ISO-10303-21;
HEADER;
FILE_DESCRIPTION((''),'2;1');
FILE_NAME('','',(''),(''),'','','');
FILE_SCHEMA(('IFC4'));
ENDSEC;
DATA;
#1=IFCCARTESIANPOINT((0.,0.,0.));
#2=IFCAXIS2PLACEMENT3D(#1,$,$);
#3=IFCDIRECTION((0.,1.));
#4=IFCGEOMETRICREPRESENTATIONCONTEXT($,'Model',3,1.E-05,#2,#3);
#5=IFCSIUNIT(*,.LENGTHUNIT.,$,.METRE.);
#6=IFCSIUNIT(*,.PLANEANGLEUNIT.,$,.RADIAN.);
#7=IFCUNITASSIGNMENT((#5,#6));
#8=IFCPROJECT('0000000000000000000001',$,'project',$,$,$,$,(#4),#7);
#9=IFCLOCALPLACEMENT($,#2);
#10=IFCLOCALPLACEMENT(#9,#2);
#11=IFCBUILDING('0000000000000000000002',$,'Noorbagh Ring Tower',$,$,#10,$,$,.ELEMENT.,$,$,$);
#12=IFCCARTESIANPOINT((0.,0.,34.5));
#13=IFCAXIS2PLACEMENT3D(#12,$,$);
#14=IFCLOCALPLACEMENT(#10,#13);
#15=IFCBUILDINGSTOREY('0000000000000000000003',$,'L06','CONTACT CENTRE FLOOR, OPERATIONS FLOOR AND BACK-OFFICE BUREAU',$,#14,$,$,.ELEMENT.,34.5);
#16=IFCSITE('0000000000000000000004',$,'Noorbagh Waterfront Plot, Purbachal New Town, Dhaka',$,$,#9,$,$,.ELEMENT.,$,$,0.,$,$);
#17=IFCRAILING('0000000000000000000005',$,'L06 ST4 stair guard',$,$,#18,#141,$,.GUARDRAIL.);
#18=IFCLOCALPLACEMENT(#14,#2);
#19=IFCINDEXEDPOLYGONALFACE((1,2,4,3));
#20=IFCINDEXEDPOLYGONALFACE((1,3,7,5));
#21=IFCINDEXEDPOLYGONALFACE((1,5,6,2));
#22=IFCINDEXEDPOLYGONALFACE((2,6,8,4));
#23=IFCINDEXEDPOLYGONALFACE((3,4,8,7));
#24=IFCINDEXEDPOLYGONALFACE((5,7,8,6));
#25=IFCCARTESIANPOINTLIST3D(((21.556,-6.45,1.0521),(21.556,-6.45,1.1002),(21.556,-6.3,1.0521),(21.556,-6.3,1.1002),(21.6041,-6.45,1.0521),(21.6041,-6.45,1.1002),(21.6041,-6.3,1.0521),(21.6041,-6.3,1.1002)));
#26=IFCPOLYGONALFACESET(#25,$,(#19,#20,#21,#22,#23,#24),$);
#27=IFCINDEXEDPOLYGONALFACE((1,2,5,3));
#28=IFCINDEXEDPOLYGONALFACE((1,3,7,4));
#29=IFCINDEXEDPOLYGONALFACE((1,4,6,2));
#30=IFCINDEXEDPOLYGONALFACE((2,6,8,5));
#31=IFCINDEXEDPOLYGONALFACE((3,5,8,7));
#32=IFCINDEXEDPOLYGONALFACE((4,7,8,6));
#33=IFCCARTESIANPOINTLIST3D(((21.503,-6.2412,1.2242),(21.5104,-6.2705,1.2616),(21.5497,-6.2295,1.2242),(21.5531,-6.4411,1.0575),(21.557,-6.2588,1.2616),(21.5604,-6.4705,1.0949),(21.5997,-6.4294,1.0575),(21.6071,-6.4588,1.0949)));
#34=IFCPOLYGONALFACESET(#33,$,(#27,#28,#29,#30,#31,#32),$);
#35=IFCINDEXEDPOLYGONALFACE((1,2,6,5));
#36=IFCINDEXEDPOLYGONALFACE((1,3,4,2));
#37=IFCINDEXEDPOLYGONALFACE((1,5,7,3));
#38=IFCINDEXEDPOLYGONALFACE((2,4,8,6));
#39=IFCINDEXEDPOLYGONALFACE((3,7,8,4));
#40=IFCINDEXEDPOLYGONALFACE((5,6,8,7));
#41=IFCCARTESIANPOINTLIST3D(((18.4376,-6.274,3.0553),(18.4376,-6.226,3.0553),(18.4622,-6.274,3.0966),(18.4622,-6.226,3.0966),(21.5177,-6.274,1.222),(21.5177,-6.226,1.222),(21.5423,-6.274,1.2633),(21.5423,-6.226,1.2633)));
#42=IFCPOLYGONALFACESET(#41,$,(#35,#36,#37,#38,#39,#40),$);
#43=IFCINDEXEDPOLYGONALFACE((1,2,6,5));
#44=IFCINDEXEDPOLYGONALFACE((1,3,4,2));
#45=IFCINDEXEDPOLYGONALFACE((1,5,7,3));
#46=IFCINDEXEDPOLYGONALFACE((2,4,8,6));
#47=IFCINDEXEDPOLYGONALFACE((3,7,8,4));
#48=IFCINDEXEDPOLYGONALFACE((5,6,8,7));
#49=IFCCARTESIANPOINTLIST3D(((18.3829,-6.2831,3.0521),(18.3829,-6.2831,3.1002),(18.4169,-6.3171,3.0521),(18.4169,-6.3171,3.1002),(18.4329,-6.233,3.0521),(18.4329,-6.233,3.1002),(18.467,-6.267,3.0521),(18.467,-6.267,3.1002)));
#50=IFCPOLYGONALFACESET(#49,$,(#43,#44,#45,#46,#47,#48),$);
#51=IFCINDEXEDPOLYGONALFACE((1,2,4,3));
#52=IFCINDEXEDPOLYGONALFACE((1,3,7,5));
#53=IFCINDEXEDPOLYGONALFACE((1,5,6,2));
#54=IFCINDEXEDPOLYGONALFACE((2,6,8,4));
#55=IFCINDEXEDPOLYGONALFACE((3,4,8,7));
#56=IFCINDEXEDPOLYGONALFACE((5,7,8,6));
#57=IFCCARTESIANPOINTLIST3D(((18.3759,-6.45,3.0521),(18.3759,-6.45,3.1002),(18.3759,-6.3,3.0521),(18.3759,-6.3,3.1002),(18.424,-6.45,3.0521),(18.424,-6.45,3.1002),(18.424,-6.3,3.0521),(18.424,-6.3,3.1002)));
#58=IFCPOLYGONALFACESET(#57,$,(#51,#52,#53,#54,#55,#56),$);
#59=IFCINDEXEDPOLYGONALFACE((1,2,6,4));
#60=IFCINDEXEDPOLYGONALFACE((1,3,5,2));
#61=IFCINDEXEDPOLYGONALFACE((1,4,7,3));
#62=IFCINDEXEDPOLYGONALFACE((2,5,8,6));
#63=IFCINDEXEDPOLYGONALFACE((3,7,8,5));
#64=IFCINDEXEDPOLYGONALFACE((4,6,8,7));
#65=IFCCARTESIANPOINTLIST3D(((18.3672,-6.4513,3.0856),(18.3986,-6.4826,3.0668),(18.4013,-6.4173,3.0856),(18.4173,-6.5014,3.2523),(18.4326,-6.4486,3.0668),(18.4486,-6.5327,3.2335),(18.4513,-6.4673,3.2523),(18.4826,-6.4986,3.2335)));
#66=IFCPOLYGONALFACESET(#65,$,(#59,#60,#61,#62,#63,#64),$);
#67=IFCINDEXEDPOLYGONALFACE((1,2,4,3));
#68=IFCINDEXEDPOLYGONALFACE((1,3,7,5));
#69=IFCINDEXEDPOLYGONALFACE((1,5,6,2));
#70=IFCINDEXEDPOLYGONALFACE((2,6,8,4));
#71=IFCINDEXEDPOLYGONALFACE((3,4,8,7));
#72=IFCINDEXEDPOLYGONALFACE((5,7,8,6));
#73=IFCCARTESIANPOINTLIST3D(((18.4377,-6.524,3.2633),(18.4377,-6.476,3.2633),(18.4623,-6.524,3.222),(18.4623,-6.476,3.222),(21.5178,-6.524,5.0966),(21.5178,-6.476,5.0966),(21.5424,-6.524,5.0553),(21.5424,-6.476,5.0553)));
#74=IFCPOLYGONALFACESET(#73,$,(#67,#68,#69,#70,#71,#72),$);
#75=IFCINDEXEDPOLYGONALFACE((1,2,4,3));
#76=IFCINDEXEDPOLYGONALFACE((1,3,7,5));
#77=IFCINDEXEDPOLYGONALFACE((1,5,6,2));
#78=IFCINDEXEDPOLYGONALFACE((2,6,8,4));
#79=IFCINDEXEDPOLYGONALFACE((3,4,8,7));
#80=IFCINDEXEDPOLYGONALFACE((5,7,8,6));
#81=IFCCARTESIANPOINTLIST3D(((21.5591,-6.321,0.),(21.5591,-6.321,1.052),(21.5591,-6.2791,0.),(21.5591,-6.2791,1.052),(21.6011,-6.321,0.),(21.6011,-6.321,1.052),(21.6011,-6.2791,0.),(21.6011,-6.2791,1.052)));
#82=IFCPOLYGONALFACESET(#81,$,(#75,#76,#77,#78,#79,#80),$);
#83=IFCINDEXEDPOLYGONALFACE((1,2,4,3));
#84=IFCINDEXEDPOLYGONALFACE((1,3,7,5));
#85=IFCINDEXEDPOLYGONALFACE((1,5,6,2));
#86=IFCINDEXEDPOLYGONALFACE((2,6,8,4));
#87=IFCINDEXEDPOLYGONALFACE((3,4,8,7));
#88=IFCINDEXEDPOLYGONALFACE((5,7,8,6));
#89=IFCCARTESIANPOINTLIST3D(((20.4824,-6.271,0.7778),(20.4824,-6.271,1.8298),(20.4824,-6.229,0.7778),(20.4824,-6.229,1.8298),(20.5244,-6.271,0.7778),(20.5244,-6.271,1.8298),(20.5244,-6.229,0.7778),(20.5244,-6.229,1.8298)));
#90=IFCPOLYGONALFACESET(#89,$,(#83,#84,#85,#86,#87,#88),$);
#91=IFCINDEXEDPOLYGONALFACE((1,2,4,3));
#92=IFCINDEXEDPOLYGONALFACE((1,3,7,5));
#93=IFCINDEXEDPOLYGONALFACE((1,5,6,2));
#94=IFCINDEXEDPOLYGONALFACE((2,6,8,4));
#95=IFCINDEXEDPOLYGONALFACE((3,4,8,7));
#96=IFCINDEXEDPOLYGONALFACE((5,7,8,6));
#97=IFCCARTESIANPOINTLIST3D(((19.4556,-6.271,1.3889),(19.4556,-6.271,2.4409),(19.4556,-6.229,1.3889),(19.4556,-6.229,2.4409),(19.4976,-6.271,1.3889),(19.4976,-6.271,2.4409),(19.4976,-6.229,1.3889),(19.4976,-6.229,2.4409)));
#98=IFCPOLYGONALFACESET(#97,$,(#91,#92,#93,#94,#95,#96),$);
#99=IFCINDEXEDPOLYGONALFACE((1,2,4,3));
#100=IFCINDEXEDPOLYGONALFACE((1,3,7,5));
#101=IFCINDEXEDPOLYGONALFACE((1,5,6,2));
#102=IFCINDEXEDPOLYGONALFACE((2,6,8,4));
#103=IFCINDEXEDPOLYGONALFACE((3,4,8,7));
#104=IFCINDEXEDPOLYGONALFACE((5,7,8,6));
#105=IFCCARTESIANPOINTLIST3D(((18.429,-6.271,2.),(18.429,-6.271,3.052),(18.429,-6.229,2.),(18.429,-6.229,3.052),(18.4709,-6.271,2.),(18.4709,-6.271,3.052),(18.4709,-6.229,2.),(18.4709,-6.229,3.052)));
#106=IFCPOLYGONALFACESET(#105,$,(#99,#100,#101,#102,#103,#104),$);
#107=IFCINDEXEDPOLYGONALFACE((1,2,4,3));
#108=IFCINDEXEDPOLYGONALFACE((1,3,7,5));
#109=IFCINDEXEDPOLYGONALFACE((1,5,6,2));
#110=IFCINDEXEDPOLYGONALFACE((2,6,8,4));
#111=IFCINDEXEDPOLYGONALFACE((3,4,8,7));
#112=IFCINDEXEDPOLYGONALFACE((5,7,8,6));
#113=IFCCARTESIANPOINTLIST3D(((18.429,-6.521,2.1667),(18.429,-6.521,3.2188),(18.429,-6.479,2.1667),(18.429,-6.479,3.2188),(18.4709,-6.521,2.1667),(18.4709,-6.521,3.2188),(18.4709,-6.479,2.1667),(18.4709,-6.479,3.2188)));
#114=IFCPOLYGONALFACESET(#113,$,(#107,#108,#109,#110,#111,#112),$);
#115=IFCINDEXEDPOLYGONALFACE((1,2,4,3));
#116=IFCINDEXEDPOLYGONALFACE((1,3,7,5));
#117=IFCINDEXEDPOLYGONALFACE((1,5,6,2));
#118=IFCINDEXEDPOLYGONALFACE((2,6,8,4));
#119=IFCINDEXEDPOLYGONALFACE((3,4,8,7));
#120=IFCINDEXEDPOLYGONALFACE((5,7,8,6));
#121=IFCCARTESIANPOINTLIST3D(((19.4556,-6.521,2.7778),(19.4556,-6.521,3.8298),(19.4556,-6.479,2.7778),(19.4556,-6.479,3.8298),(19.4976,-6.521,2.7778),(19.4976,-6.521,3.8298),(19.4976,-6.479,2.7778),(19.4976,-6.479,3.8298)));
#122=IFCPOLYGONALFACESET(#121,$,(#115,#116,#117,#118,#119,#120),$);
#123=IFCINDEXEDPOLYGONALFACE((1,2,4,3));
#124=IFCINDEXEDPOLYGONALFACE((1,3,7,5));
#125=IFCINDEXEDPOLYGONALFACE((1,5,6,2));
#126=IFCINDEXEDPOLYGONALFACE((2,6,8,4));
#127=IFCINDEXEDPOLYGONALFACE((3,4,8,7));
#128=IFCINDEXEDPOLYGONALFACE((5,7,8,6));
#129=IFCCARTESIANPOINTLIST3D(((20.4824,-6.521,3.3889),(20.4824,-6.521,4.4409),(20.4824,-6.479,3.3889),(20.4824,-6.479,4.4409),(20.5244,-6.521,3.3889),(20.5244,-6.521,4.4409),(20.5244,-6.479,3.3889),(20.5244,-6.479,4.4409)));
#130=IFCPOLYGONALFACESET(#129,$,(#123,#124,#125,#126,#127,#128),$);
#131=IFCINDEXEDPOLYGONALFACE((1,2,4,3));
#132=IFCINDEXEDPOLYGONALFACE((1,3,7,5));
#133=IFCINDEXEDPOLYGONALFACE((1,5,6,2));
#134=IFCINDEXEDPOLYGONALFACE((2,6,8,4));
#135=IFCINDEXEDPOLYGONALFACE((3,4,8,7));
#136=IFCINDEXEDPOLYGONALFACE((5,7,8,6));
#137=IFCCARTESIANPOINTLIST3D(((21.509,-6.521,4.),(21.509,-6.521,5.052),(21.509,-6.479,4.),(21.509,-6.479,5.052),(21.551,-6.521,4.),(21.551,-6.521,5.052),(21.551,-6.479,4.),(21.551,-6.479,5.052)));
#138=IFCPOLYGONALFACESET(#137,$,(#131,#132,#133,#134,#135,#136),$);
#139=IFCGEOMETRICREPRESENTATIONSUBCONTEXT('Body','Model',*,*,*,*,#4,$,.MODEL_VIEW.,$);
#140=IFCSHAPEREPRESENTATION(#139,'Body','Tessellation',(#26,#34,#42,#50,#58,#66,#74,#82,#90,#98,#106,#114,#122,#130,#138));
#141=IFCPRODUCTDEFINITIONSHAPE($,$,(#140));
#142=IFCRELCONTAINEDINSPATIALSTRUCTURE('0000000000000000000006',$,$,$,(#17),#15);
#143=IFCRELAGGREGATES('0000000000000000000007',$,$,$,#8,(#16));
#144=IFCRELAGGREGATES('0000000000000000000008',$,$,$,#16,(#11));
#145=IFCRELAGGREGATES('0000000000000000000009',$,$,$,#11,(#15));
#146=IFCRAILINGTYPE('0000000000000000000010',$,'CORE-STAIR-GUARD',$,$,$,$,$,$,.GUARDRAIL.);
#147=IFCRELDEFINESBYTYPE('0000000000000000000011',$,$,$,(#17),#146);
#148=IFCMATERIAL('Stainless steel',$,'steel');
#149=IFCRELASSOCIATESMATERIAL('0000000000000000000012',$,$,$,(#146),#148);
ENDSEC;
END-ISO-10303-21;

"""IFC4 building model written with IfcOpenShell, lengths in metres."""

from ifc_helpers import new_model, si_unit, direction, frame, origin, origin_2d, place, context, subcontext, project, spatial, rectangle, extrude, material, type_object, element, save


model = new_model("IFC4")

# Units and contexts
model_context = context("Model", 3, precision=1e-05, world=origin(), true_north=direction((0.0, 1.0)))
body_context = subcontext(model_context, "Body", "Model", "MODEL_VIEW")
ifc_project = project(units=[si_unit("LENGTHUNIT", "METRE"), si_unit("PLANEANGLEUNIT", "RADIAN")], contexts=[model_context])

# Site, building, storey
site_placement = place(None, origin())
site = spatial("IfcSite", under=ifc_project, at=site_placement, Name="Noorbagh Waterfront Plot, Purbachal New Town, Dhaka", CompositionType="ELEMENT", RefElevation=0.0)
building_placement = place(site_placement, origin())
building = spatial("IfcBuilding", under=site, at=building_placement, Name="Noorbagh Ring Tower", CompositionType="ELEMENT")
storey_placement = place(building_placement, frame((0.0, 0.0, 34.5)))
storey = spatial("IfcBuildingStorey", under=building, at=storey_placement, Name="L06", Description="CONTACT CENTRE FLOOR, OPERATIONS FLOOR AND BACK-OFFICE BUREAU", CompositionType="ELEMENT", Elevation=34.5)

# Railing
ifc_material_1 = material(Name="Stainless steel", Category="steel")
railing_type_1 = type_object("IfcRailingType", Name="CORE-STAIR-GUARD", PredefinedType="GUARDRAIL", material=ifc_material_1)
railing_1_placement = place(storey_placement, frame((21.5801, -6.3, 0.0)))
element("IfcRailing", 1, at=railing_1_placement, inside=storey, type_object=railing_type_1, Name="L06 ST4 stair guard", PredefinedType="GUARDRAIL", context=body_context, shape_type="SweptSolid", body=[
    extrude(rectangle(XDim=0.0481, YDim=0.0481, at=origin_2d()), frame((0.0, 0.0, 1.0762), z_axis=(0.0, -1.0, 0.0), x_axis=(1.0, 0.0, 0.0)), (0.0, 0.0, 1.0), 0.1499),
    extrude(rectangle(XDim=0.0481, YDim=0.0481, at=origin_2d()), frame((0.0, -0.1499, 1.0762), z_axis=(-0.188776, 0.754182, 0.628946), x_axis=(-0.970073, -0.242814, 0.0)), (0.0, 0.0, 1.0), 0.2651),
    extrude(rectangle(XDim=0.0481, YDim=0.0481, at=origin_2d()), frame((-0.05, 0.05, 1.2427), z_axis=(-0.859309, 0.0, 0.511458), x_axis=(0.0, -1.0, 0.0)), (0.0, 0.0, 1.0), 3.5845),
    extrude(rectangle(XDim=0.0481, YDim=0.0481, at=origin_2d()), frame((-3.1301, 0.05, 3.0762), z_axis=(-0.707107, -0.707107, 0.0), x_axis=(0.707107, -0.707107, 0.0)), (0.0, 0.0, 1.0), 0.0708),
    extrude(rectangle(XDim=0.0481, YDim=0.0481, at=origin_2d()), frame((-3.1802, 0.0, 3.0762), z_axis=(0.0, -1.0, 0.0), x_axis=(1.0, 0.0, 0.0)), (0.0, 0.0, 1.0), 0.1499),
    extrude(rectangle(XDim=0.0481, YDim=0.0481, at=origin_2d()), frame((-3.1802, -0.1499, 3.0762), z_axis=(0.276287, -0.276287, 0.920506), x_axis=(0.707107, 0.707107, 0.0)), (0.0, 0.0, 1.0), 0.1812),
    extrude(rectangle(XDim=0.0481, YDim=0.0481, at=origin_2d()), frame((-3.1301, -0.2, 3.2427), z_axis=(0.859309, 0.0, 0.511458), x_axis=(0.0, 1.0, 0.0)), (0.0, 0.0, 1.0), 3.5845),
    extrude(rectangle(XDim=0.042, YDim=0.042, at=origin_2d()), origin(), (0.0, 0.0, 1.0), 1.052),
    extrude(rectangle(XDim=0.042, YDim=0.042, at=origin_2d()), frame((-1.0767, 0.05, 0.7778)), (0.0, 0.0, 1.0), 1.052),
    extrude(rectangle(XDim=0.042, YDim=0.042, at=origin_2d()), frame((-2.1035, 0.05, 1.3889)), (0.0, 0.0, 1.0), 1.052),
    extrude(rectangle(XDim=0.042, YDim=0.042, at=origin_2d()), frame((-3.1301, 0.05, 2.0)), (0.0, 0.0, 1.0), 1.052),
    extrude(rectangle(XDim=0.042, YDim=0.042, at=origin_2d()), frame((-3.1301, -0.2, 2.1667)), (0.0, 0.0, 1.0), 1.052),
    extrude(rectangle(XDim=0.042, YDim=0.042, at=origin_2d()), frame((-2.1035, -0.2, 2.7778)), (0.0, 0.0, 1.0), 1.052),
    extrude(rectangle(XDim=0.042, YDim=0.042, at=origin_2d()), frame((-1.0767, -0.2, 3.3889)), (0.0, 0.0, 1.0), 1.052),
    extrude(rectangle(XDim=0.042, YDim=0.042, at=origin_2d()), frame((-0.05, -0.2, 4.0)), (0.0, 0.0, 1.0), 1.052),
])

save(model, "model.ifc")
